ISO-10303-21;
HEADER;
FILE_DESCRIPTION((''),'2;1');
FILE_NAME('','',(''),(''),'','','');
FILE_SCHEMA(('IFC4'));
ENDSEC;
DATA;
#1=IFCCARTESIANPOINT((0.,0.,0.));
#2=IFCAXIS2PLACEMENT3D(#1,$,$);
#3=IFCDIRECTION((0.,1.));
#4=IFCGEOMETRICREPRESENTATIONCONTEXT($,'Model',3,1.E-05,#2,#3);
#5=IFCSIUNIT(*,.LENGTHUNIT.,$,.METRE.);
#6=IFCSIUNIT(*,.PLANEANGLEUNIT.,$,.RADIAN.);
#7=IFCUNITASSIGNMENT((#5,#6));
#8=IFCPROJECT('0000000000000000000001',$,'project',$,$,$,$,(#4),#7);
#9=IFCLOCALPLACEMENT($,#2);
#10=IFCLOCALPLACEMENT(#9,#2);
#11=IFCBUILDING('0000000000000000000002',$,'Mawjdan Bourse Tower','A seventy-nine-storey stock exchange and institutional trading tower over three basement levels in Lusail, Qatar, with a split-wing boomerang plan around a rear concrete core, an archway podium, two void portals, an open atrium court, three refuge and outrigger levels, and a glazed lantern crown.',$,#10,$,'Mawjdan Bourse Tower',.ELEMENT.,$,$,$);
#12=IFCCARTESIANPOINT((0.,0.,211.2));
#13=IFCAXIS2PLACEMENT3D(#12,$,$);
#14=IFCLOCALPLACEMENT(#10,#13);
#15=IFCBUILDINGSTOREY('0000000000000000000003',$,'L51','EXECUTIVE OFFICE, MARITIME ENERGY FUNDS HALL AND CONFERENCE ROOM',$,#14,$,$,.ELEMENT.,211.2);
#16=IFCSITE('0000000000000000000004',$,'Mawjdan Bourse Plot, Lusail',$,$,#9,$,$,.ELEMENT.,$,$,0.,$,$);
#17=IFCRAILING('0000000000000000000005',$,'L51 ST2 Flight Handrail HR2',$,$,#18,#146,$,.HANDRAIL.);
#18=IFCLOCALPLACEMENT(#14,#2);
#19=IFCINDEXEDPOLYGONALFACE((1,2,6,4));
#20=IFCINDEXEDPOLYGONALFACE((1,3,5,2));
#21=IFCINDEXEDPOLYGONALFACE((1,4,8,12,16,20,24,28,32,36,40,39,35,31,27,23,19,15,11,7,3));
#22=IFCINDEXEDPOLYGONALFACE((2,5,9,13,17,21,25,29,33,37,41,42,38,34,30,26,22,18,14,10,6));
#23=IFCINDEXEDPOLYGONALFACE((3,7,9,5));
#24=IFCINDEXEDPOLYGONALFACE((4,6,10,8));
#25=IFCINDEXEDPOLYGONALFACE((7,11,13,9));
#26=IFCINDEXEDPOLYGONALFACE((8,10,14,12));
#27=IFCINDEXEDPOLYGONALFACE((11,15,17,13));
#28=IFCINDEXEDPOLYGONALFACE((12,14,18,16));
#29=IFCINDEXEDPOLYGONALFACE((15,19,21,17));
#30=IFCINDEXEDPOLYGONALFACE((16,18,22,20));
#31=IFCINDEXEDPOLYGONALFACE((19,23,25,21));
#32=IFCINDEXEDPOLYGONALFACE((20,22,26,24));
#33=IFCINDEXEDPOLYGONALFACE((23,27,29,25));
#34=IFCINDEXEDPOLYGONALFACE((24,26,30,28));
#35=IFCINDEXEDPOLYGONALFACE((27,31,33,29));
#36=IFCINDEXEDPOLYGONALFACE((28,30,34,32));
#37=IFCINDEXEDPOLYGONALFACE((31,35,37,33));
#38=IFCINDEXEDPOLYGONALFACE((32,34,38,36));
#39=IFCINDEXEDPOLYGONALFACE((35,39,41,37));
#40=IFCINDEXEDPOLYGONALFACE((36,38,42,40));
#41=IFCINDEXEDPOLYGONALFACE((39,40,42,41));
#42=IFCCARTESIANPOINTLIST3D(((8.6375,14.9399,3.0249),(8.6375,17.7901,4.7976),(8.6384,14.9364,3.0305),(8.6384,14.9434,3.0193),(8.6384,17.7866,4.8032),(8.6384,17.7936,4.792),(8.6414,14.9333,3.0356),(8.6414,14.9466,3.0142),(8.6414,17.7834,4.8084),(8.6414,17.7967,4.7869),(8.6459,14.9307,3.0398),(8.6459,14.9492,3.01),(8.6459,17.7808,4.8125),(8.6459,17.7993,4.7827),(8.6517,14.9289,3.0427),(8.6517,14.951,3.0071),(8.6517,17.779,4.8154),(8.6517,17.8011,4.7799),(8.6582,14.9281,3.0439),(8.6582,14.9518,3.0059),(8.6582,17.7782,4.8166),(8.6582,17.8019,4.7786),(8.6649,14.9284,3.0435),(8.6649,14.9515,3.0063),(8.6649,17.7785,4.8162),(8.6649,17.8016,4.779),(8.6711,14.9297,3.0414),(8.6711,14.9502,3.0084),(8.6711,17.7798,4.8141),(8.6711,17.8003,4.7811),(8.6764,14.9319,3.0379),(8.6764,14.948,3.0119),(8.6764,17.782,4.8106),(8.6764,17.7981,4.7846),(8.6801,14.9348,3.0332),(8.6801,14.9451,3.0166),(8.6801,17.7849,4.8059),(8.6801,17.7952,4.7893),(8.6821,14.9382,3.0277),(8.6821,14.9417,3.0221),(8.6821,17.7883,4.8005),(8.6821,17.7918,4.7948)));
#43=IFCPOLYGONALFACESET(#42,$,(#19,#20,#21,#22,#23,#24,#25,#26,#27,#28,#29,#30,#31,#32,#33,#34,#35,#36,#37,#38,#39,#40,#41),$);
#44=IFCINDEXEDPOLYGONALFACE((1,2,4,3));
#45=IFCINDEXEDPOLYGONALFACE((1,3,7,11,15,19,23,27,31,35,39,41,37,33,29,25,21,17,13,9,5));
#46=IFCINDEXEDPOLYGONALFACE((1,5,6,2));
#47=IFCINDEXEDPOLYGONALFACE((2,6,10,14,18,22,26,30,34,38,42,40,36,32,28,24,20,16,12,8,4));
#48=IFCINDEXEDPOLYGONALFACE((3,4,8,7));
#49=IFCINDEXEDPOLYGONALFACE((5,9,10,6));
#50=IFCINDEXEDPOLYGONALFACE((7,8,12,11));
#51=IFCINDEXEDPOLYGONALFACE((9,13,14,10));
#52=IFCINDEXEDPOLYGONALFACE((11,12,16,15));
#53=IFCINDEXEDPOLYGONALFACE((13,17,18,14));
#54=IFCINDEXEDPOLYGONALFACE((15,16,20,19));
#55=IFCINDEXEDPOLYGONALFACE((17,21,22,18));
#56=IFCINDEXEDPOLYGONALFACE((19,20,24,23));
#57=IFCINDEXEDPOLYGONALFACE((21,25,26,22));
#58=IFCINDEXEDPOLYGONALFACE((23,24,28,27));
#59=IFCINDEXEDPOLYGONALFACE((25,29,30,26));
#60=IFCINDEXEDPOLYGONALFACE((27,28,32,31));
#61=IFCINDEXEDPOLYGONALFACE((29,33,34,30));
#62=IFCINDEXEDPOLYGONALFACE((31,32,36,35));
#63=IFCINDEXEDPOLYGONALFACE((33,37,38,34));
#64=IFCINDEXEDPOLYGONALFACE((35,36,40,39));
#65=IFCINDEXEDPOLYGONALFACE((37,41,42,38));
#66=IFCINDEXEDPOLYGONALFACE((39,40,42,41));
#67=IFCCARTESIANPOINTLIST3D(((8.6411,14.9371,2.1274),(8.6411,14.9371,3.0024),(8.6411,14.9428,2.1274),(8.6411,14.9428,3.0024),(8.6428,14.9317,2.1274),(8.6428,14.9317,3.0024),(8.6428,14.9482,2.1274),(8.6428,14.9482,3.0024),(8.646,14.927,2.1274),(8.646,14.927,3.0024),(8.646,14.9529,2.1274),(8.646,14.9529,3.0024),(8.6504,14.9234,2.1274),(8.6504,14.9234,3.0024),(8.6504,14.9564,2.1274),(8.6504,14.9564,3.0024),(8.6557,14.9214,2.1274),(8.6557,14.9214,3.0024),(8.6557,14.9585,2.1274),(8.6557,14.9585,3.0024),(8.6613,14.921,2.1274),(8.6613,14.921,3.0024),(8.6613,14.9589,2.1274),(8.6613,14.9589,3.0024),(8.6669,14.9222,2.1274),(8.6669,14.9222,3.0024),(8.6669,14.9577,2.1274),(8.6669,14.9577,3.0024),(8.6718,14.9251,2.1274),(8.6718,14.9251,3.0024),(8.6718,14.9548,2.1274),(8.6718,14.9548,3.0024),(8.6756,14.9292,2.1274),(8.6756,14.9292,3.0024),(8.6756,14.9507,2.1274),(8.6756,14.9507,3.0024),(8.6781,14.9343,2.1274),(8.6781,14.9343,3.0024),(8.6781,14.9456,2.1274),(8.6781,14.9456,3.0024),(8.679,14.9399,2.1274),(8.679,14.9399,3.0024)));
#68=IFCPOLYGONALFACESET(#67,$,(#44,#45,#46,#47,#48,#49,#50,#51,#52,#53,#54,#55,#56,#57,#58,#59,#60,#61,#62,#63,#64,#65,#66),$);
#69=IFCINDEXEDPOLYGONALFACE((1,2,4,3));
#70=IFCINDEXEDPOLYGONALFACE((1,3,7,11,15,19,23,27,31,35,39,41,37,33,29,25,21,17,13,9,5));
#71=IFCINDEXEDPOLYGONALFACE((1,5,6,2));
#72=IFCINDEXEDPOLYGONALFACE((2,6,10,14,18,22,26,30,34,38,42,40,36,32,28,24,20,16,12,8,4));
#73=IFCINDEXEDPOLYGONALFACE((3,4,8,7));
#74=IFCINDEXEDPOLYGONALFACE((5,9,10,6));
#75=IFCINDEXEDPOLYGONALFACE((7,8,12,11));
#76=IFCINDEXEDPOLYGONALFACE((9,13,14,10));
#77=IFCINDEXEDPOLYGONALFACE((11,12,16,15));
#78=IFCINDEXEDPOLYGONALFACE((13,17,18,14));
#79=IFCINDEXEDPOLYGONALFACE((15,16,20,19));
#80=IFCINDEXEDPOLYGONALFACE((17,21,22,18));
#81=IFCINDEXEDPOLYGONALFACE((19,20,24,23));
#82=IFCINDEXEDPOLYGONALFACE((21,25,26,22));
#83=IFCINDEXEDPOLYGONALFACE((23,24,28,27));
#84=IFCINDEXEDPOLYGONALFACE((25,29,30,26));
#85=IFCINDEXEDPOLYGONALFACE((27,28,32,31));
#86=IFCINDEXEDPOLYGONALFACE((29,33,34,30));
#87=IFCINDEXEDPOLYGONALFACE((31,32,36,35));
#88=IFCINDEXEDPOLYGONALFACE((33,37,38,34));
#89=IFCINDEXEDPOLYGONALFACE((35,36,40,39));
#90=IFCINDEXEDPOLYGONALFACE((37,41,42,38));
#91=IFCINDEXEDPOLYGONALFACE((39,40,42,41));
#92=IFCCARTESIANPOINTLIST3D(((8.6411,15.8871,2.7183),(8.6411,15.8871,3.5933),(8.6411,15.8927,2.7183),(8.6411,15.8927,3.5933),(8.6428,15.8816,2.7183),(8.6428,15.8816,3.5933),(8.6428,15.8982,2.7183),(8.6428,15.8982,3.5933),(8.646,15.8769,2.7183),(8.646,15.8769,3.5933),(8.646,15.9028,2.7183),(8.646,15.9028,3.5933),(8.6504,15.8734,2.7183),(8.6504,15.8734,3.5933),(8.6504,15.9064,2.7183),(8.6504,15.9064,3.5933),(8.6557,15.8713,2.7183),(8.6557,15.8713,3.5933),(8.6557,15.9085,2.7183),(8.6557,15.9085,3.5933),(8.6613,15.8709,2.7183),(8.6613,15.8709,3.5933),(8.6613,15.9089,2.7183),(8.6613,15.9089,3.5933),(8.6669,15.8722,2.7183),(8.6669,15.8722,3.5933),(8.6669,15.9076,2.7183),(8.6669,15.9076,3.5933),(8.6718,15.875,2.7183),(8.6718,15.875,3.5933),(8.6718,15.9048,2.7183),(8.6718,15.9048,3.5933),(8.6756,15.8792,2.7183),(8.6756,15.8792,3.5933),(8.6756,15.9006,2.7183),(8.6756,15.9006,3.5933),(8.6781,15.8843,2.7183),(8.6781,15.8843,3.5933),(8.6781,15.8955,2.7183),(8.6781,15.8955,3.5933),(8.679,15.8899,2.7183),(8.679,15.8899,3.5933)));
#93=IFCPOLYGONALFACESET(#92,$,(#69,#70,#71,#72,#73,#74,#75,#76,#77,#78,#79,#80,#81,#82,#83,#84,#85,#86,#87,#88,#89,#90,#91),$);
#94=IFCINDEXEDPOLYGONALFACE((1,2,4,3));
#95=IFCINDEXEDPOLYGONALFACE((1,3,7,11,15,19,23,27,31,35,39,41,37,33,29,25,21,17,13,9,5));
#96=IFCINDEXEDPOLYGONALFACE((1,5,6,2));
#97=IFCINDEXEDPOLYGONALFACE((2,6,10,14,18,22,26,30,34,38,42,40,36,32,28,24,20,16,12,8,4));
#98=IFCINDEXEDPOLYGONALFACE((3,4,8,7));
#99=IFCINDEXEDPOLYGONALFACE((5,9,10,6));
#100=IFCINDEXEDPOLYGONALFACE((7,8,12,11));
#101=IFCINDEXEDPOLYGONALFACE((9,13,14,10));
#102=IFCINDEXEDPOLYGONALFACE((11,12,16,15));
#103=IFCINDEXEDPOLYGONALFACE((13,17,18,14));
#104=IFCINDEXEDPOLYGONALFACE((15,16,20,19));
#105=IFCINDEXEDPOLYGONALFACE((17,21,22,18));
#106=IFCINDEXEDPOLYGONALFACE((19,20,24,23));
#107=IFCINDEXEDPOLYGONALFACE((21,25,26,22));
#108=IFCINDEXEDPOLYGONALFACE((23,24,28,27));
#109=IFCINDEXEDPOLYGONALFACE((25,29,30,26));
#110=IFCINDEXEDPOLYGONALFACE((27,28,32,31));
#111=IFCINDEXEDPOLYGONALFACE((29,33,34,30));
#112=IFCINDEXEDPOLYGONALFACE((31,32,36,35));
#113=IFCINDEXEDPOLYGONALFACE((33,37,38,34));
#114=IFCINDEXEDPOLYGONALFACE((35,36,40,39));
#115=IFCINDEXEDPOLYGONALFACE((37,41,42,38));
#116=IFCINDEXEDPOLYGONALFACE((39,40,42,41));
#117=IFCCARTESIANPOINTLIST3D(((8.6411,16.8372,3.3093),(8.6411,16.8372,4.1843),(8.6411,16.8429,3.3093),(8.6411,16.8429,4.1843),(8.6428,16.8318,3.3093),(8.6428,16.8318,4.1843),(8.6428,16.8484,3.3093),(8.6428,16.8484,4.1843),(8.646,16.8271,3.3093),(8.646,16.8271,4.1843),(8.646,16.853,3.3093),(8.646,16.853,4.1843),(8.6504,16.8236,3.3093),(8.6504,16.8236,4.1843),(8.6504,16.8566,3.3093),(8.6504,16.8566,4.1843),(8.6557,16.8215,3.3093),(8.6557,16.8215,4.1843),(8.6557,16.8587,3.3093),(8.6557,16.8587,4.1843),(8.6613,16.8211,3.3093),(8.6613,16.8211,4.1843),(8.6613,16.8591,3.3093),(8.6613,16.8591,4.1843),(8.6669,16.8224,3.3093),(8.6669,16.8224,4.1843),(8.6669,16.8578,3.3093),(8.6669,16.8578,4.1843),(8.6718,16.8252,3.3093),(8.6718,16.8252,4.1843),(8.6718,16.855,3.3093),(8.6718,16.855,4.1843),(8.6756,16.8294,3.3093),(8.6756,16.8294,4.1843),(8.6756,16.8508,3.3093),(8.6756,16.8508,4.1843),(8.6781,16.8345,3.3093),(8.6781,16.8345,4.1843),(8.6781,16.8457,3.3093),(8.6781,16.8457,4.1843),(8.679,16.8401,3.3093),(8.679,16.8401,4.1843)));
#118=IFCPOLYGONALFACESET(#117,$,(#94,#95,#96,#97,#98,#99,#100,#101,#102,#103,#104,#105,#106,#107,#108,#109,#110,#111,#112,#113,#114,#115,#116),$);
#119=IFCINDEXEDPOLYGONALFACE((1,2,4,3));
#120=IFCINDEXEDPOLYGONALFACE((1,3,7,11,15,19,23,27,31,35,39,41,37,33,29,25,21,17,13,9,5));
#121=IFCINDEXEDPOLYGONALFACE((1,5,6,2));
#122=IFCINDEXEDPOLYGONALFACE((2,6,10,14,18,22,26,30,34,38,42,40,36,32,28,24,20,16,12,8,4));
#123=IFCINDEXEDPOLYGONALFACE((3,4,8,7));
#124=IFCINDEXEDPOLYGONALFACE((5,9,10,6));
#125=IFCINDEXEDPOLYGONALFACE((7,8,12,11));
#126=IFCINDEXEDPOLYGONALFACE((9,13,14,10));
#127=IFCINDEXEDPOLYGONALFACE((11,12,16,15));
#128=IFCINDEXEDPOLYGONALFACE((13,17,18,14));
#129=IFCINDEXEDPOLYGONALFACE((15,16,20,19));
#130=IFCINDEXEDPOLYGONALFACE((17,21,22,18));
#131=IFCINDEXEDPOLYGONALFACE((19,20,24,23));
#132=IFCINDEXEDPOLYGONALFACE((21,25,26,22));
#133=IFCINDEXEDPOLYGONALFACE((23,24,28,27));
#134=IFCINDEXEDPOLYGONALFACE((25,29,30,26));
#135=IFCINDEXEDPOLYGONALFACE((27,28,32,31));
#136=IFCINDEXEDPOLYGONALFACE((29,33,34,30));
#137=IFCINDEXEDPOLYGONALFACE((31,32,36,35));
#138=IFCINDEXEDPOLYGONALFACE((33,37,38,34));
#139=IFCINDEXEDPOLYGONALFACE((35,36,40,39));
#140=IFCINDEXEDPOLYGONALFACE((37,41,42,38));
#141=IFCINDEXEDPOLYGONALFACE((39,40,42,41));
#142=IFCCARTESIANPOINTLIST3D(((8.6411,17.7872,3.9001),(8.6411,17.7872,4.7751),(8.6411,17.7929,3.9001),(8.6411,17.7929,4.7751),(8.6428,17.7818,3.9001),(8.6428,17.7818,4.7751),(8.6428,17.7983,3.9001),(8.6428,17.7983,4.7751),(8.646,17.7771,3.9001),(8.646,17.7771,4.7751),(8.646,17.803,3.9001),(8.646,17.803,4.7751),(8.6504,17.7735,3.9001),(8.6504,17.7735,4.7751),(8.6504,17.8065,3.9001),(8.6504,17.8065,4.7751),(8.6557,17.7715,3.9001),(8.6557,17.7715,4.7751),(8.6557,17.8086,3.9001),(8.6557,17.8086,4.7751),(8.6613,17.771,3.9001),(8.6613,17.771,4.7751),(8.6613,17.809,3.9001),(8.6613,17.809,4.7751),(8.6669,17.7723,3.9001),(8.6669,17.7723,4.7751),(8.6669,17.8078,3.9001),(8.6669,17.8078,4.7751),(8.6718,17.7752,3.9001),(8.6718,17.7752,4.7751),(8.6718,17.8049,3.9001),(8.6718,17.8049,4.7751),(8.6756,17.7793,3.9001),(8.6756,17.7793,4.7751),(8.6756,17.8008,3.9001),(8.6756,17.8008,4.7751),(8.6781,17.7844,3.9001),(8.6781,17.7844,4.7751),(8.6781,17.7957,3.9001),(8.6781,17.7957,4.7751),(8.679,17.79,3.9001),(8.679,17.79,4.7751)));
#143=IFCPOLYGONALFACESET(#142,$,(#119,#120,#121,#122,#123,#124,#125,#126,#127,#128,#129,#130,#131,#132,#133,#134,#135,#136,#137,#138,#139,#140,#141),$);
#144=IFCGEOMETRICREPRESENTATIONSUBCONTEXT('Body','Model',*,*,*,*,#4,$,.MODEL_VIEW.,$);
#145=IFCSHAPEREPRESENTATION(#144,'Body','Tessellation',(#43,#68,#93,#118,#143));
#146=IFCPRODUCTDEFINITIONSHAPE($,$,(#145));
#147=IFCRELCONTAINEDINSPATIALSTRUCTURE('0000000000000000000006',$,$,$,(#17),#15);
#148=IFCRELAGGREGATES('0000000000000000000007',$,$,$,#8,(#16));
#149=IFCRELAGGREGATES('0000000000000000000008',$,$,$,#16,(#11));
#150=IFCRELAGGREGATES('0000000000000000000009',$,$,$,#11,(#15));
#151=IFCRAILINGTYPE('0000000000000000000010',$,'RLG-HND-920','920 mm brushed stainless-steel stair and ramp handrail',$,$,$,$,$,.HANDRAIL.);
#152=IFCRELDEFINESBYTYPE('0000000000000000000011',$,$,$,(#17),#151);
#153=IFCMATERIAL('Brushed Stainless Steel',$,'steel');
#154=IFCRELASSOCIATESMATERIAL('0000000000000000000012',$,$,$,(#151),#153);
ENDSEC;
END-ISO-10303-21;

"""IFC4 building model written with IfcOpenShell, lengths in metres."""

from ifc_helpers import new_model, si_unit, direction, frame, origin, origin_2d, place, context, subcontext, project, spatial, circle, extrude, material, type_object, element, save


model = new_model("IFC4")

# Units and contexts
model_context = context("Model", 3, precision=1e-05, world=origin(), true_north=direction((0.0, 1.0)))
body_context = subcontext(model_context, "Body", "Model", "MODEL_VIEW")
ifc_project = project(units=[si_unit("LENGTHUNIT", "METRE"), si_unit("PLANEANGLEUNIT", "RADIAN")], contexts=[model_context])

# Site, building, storey
site_placement = place(None, origin())
site = spatial("IfcSite", under=ifc_project, at=site_placement, Name="Mawjdan Bourse Plot, Lusail", CompositionType="ELEMENT", RefElevation=0.0)
building_placement = place(site_placement, origin())
building = spatial("IfcBuilding", under=site, at=building_placement, Name="Mawjdan Bourse Tower", Description="A seventy-nine-storey stock exchange and institutional trading tower over three basement levels in Lusail, Qatar, with a split-wing boomerang plan around a rear concrete core, an archway podium, two void portals, an open atrium court, three refuge and outrigger levels, and a glazed lantern crown.", LongName="Mawjdan Bourse Tower", CompositionType="ELEMENT")
storey_placement = place(building_placement, frame((0.0, 0.0, 211.2)))
storey = spatial("IfcBuildingStorey", under=building, at=storey_placement, Name="L51", Description="EXECUTIVE OFFICE, MARITIME ENERGY FUNDS HALL AND CONFERENCE ROOM", CompositionType="ELEMENT", Elevation=211.2)

# Railing
ifc_material_1 = material(Name="Brushed Stainless Steel", Category="steel")
railing_type_1 = type_object("IfcRailingType", Name="RLG-HND-920", Description="920 mm brushed stainless-steel stair and ramp handrail", PredefinedType="HANDRAIL", material=ifc_material_1)
for number, where, name in (
    (1, (8.6599, 14.9399, 2.1274), "L51 ST2 Flight Handrail HR2"),
):
    element("IfcRailing", number, at=place(storey_placement, frame(where)), inside=storey, type_object=railing_type_1, Name=name, PredefinedType="HANDRAIL", context=body_context, shape_type="SweptSolid", body=[
        extrude(circle(Radius=0.0225, at=origin_2d()), frame((0.0, 0.0, 0.8975), z_axis=(0.0, 0.849149, 0.528154), x_axis=(-1.0, 0.0, 0.0)), (0.0, 0.0, 1.0), 3.3564),
        extrude(circle(Radius=0.019, at=origin_2d()), origin(), (0.0, 0.0, 1.0), 0.875),
        extrude(circle(Radius=0.019, at=origin_2d()), frame((0.0, 0.95, 0.5908)), (0.0, 0.0, 1.0), 0.875),
        extrude(circle(Radius=0.019, at=origin_2d()), frame((0.0, 1.9001, 1.1819)), (0.0, 0.0, 1.0), 0.875),
        extrude(circle(Radius=0.019, at=origin_2d()), frame((0.0, 2.8501, 1.7727)), (0.0, 0.0, 1.0), 0.875),
    ])

save(model, "model.ifc")
